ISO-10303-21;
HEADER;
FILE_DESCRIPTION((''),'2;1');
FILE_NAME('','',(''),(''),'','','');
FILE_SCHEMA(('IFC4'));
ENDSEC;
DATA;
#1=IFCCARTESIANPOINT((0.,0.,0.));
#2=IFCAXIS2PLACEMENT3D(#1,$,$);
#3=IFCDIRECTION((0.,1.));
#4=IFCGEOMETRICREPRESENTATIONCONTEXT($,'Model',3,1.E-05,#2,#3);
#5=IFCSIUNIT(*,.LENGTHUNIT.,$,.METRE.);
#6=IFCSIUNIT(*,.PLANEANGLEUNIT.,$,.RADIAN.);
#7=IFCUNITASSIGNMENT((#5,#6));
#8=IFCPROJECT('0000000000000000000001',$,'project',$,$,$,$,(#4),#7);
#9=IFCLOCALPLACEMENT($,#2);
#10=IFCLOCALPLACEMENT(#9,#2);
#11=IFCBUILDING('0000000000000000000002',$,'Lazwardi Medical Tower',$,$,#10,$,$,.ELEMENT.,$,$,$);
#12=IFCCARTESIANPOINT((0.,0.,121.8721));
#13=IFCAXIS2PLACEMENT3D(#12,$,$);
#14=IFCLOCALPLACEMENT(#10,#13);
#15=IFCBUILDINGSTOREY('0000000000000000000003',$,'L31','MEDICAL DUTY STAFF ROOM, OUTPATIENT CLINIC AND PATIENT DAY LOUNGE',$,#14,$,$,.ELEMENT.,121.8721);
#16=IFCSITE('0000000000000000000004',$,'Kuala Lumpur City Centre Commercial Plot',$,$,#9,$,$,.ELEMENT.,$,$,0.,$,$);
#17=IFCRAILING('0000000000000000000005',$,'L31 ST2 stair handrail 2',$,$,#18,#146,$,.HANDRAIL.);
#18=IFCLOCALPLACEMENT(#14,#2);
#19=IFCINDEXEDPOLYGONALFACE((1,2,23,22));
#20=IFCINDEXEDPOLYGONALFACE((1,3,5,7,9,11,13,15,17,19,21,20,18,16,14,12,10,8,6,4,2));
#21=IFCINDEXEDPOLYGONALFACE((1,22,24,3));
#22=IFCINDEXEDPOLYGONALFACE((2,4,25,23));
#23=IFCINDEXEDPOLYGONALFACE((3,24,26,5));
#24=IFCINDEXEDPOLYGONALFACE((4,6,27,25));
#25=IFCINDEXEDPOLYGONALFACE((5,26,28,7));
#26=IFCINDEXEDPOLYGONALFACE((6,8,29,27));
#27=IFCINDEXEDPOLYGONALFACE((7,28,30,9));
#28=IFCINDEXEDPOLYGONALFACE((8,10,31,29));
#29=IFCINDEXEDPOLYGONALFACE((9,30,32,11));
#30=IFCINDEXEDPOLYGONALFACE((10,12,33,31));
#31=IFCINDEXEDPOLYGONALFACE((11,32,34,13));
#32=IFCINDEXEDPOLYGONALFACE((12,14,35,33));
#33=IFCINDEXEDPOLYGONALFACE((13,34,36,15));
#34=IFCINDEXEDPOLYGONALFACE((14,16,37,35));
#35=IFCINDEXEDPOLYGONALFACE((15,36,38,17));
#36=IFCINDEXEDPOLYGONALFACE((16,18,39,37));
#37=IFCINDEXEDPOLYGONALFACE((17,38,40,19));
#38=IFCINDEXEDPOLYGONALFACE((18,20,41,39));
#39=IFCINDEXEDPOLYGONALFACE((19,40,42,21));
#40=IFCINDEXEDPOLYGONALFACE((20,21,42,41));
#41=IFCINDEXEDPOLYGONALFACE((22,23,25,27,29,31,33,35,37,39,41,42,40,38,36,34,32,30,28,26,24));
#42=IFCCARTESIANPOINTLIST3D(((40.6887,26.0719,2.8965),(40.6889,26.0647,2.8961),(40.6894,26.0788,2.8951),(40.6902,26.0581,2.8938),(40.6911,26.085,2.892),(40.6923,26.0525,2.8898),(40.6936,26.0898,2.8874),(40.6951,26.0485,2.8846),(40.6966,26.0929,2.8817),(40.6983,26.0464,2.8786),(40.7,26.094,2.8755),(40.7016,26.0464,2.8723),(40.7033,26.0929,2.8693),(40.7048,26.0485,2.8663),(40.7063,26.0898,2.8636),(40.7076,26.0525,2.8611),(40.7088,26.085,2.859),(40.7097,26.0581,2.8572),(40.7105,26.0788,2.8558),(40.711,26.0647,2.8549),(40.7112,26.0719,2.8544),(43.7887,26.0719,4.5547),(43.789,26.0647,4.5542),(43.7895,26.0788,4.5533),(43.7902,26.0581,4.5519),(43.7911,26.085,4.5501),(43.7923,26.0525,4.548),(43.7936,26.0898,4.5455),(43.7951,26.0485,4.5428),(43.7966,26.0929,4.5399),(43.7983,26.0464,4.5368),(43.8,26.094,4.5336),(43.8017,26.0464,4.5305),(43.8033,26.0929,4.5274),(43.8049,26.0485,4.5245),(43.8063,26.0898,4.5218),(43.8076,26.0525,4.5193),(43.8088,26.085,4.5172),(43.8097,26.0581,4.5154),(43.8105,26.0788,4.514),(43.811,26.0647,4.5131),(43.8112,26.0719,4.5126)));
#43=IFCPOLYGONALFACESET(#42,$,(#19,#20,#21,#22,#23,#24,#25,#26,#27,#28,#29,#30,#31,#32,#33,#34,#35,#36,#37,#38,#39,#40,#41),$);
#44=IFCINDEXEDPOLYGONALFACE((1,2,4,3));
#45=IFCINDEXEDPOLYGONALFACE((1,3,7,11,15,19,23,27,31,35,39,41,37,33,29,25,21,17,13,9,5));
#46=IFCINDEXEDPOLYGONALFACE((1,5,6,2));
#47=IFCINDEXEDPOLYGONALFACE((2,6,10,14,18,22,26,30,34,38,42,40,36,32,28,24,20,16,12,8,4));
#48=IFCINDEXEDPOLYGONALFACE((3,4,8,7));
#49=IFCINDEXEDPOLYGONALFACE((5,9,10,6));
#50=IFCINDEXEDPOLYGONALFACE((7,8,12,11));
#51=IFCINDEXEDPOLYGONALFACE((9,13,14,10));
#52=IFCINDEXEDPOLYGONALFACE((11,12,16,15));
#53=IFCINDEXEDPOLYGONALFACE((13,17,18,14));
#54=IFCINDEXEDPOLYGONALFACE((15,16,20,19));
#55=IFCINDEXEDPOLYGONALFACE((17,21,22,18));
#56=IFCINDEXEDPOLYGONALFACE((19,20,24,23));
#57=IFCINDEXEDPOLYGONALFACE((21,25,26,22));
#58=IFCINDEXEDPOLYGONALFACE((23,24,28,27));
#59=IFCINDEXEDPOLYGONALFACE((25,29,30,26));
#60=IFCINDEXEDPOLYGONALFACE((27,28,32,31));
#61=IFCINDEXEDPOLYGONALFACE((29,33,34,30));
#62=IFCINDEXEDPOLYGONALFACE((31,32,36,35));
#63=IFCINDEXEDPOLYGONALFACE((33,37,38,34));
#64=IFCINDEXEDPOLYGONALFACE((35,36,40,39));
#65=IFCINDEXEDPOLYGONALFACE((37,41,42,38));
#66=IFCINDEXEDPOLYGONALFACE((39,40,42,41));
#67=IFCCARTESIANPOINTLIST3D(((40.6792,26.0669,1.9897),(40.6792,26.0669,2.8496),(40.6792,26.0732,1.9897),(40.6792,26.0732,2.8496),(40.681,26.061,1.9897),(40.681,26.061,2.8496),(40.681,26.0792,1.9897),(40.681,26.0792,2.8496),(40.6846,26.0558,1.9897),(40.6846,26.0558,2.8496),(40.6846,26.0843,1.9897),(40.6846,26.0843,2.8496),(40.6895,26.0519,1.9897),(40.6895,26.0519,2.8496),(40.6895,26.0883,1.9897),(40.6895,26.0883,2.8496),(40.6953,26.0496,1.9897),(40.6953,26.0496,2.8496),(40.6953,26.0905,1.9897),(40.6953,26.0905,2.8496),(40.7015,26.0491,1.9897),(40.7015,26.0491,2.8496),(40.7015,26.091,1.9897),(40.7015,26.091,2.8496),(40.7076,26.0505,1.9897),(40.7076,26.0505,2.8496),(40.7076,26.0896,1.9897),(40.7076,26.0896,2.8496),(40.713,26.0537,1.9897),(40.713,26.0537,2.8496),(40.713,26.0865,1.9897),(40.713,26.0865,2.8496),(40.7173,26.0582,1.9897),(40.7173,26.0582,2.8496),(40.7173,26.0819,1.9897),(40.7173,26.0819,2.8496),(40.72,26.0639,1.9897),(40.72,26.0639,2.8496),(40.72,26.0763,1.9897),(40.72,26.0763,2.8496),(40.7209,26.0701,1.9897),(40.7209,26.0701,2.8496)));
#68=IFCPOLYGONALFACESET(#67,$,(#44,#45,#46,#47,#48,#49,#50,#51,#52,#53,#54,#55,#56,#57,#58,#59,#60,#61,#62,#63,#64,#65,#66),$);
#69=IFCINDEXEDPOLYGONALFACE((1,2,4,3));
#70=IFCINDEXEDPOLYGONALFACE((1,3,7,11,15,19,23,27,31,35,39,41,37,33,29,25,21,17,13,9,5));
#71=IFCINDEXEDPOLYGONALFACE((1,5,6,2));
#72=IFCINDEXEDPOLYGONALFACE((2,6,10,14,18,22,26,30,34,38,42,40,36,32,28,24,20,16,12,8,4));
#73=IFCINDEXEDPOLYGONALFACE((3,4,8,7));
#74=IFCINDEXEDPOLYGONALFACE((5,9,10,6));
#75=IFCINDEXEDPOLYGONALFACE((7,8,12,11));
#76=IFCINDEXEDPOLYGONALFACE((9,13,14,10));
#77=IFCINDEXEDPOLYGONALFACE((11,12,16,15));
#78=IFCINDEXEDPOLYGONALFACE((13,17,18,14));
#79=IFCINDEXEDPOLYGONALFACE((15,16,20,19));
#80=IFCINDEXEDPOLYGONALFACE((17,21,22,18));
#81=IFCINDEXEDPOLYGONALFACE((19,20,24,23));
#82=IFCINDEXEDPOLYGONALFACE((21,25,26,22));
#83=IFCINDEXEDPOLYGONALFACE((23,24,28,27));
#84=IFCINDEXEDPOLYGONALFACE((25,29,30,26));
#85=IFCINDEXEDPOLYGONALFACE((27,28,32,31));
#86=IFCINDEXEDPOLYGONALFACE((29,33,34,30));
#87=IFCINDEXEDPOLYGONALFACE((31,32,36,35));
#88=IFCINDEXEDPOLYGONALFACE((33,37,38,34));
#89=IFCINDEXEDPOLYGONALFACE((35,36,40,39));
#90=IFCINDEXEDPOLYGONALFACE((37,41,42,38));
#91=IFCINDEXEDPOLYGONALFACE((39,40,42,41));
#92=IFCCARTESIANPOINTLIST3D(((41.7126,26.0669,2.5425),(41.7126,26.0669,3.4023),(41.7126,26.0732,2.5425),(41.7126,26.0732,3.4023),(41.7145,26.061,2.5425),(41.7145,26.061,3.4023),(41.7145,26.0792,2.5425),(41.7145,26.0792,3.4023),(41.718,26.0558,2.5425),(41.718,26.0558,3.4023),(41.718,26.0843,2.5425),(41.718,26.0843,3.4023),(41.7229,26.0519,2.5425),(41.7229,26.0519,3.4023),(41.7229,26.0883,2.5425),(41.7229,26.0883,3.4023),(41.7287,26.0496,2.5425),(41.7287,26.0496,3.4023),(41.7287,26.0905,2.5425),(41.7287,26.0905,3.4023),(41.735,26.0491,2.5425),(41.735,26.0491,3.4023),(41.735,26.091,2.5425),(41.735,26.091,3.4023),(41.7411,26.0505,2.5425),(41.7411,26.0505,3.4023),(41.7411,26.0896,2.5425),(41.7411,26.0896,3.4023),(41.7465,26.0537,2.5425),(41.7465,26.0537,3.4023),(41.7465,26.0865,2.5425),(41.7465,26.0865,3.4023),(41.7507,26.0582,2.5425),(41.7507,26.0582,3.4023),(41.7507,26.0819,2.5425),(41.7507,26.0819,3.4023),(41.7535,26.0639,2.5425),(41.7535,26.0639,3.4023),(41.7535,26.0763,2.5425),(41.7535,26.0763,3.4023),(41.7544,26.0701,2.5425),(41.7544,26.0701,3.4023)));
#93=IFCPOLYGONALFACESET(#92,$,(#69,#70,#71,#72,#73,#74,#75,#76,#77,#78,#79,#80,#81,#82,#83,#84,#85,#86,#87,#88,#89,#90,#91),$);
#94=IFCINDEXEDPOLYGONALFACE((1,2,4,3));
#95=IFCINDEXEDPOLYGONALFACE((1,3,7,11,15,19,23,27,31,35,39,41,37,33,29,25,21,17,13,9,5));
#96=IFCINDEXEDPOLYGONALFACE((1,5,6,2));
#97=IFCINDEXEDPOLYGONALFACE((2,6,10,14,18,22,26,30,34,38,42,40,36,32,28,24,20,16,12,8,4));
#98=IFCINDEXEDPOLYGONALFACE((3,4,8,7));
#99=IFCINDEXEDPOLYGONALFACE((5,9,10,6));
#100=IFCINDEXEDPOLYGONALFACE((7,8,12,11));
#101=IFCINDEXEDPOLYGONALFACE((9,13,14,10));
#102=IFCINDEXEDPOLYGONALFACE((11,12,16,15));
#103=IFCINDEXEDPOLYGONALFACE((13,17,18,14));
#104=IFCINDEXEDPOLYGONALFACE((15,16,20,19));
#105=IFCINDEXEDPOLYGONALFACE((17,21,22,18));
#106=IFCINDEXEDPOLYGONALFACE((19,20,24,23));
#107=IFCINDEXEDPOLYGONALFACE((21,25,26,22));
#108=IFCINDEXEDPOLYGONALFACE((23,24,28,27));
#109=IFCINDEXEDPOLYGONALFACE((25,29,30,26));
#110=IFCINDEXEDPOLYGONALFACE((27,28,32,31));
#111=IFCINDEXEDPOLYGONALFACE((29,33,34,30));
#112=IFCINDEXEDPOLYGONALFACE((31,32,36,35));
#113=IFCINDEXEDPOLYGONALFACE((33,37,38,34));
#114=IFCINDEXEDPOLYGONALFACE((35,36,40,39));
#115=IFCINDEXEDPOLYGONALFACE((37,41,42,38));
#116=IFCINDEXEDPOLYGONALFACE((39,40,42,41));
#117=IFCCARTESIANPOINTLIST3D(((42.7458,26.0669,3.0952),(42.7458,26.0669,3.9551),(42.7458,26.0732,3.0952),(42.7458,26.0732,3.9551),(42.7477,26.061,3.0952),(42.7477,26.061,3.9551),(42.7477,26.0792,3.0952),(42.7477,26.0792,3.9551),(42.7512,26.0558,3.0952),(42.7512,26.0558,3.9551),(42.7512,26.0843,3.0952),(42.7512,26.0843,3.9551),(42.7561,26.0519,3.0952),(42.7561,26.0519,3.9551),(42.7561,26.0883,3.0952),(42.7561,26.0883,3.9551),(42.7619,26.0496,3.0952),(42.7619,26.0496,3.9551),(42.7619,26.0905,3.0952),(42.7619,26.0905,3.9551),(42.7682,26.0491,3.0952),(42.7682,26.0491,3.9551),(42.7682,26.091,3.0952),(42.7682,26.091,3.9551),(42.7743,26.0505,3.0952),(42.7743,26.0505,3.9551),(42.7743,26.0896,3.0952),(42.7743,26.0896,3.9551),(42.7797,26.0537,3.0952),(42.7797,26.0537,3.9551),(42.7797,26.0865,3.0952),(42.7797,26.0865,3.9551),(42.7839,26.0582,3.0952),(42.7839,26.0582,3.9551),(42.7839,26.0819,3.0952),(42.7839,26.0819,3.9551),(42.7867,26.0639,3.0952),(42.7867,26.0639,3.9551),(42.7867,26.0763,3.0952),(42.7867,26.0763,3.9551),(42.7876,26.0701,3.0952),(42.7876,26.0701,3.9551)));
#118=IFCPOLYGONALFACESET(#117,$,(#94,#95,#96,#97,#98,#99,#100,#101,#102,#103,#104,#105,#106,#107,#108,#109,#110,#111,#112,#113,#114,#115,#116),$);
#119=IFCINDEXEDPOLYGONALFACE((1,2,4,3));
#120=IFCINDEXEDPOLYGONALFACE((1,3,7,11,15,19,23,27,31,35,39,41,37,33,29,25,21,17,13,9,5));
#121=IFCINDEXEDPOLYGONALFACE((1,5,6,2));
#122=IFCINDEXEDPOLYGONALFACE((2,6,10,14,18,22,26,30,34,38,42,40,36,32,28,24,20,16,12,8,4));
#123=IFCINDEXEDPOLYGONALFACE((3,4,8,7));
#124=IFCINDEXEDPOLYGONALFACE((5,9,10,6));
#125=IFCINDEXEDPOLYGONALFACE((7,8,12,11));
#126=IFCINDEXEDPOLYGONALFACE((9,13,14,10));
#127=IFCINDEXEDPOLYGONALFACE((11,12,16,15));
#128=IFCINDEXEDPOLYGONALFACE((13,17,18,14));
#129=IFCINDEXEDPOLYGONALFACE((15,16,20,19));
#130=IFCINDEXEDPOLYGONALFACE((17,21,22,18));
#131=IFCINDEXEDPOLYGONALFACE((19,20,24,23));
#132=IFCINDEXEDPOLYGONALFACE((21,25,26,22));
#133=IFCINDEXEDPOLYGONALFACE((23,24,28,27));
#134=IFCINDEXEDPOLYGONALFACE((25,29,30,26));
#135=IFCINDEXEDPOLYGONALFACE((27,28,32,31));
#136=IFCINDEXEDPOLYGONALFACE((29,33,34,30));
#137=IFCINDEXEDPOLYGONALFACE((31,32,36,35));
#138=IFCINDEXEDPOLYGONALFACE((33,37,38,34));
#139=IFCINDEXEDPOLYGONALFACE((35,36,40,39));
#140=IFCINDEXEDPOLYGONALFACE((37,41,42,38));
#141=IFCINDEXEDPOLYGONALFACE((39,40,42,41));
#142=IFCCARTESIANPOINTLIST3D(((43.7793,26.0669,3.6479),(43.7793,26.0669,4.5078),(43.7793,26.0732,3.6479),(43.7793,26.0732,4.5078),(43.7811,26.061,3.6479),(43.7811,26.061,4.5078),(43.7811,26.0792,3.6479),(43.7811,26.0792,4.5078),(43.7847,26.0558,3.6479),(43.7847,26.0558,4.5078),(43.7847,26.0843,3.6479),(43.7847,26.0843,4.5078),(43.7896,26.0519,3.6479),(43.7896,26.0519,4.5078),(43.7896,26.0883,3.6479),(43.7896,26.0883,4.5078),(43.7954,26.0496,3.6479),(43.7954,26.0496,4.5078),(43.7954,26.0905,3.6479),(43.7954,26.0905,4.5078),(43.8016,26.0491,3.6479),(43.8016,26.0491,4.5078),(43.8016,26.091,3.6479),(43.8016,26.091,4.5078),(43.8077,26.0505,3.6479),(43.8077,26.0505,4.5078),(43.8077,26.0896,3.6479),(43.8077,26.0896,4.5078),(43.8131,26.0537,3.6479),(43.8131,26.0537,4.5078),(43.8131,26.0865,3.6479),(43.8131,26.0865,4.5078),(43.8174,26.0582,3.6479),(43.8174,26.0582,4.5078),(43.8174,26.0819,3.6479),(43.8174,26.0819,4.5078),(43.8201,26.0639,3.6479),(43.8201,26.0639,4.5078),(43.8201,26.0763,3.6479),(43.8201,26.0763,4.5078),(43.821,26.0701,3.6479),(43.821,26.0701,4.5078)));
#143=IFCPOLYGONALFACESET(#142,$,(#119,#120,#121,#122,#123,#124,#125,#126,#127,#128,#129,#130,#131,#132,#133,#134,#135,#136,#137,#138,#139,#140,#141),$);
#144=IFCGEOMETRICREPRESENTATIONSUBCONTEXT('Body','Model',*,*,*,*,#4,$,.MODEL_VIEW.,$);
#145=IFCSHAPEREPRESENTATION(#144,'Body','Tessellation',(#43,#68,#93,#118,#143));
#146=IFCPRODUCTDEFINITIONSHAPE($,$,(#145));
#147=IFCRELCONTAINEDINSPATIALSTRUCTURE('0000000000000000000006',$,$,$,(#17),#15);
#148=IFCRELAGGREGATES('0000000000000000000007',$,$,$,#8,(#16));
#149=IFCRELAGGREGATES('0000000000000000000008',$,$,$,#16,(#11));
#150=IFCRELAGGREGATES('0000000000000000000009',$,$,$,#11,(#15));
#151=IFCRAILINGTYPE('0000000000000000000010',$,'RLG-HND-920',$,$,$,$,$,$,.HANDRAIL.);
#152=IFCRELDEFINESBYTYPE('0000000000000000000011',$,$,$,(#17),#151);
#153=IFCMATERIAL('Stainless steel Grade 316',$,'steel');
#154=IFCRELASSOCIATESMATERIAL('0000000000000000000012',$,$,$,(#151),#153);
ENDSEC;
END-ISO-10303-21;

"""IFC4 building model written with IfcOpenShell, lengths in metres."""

from ifc_helpers import new_model, si_unit, direction, frame, origin, origin_2d, place, context, subcontext, project, spatial, circle, extrude, material, type_object, element, save


model = new_model("IFC4")

# Units and contexts
model_context = context("Model", 3, precision=1e-05, world=origin(), true_north=direction((0.0, 1.0)))
body_context = subcontext(model_context, "Body", "Model", "MODEL_VIEW")
ifc_project = project(units=[si_unit("LENGTHUNIT", "METRE"), si_unit("PLANEANGLEUNIT", "RADIAN")], contexts=[model_context])

# Site, building, storey
site_placement = place(None, origin())
site = spatial("IfcSite", under=ifc_project, at=site_placement, Name="Kuala Lumpur City Centre Commercial Plot", CompositionType="ELEMENT", RefElevation=0.0)
building_placement = place(site_placement, origin())
building = spatial("IfcBuilding", under=site, at=building_placement, Name="Lazwardi Medical Tower", CompositionType="ELEMENT")
storey_placement = place(building_placement, frame((0.0, 0.0, 121.8721)))
storey = spatial("IfcBuildingStorey", under=building, at=storey_placement, Name="L31", Description="MEDICAL DUTY STAFF ROOM, OUTPATIENT CLINIC AND PATIENT DAY LOUNGE", CompositionType="ELEMENT", Elevation=121.8721)

# Railing
ifc_material_1 = material(Name="Stainless steel Grade 316", Category="steel")
railing_type_1 = type_object("IfcRailingType", Name="RLG-HND-920", PredefinedType="HANDRAIL", material=ifc_material_1)
railing_1_placement = place(storey_placement, frame((40.7, 26.0701, 1.9897)))
element("IfcRailing", 1, at=railing_1_placement, inside=storey, type_object=railing_type_1, Name="L31 ST2 stair handrail 2", PredefinedType="HANDRAIL", context=body_context, shape_type="SweptSolid", body=[
    extrude(circle(Radius=0.0239, at=origin_2d()), frame((0.0, 0.0, 0.8857), z_axis=(0.881783, 0.0, 0.471655), x_axis=(0.0, 1.0, 0.0)), (0.0, 0.0, 1.0), 3.5156),
    extrude(circle(Radius=0.021, at=origin_2d()), origin(), (0.0, 0.0, 1.0), 0.8599),
    extrude(circle(Radius=0.021, at=origin_2d()), frame((1.0334, 0.0, 0.5527)), (0.0, 0.0, 1.0), 0.8599),
    extrude(circle(Radius=0.021, at=origin_2d()), frame((2.0667, 0.0, 1.1055)), (0.0, 0.0, 1.0), 0.8599),
    extrude(circle(Radius=0.021, at=origin_2d()), frame((3.1001, 0.0, 1.6582)), (0.0, 0.0, 1.0), 0.8599),
])

save(model, "model.ifc")
